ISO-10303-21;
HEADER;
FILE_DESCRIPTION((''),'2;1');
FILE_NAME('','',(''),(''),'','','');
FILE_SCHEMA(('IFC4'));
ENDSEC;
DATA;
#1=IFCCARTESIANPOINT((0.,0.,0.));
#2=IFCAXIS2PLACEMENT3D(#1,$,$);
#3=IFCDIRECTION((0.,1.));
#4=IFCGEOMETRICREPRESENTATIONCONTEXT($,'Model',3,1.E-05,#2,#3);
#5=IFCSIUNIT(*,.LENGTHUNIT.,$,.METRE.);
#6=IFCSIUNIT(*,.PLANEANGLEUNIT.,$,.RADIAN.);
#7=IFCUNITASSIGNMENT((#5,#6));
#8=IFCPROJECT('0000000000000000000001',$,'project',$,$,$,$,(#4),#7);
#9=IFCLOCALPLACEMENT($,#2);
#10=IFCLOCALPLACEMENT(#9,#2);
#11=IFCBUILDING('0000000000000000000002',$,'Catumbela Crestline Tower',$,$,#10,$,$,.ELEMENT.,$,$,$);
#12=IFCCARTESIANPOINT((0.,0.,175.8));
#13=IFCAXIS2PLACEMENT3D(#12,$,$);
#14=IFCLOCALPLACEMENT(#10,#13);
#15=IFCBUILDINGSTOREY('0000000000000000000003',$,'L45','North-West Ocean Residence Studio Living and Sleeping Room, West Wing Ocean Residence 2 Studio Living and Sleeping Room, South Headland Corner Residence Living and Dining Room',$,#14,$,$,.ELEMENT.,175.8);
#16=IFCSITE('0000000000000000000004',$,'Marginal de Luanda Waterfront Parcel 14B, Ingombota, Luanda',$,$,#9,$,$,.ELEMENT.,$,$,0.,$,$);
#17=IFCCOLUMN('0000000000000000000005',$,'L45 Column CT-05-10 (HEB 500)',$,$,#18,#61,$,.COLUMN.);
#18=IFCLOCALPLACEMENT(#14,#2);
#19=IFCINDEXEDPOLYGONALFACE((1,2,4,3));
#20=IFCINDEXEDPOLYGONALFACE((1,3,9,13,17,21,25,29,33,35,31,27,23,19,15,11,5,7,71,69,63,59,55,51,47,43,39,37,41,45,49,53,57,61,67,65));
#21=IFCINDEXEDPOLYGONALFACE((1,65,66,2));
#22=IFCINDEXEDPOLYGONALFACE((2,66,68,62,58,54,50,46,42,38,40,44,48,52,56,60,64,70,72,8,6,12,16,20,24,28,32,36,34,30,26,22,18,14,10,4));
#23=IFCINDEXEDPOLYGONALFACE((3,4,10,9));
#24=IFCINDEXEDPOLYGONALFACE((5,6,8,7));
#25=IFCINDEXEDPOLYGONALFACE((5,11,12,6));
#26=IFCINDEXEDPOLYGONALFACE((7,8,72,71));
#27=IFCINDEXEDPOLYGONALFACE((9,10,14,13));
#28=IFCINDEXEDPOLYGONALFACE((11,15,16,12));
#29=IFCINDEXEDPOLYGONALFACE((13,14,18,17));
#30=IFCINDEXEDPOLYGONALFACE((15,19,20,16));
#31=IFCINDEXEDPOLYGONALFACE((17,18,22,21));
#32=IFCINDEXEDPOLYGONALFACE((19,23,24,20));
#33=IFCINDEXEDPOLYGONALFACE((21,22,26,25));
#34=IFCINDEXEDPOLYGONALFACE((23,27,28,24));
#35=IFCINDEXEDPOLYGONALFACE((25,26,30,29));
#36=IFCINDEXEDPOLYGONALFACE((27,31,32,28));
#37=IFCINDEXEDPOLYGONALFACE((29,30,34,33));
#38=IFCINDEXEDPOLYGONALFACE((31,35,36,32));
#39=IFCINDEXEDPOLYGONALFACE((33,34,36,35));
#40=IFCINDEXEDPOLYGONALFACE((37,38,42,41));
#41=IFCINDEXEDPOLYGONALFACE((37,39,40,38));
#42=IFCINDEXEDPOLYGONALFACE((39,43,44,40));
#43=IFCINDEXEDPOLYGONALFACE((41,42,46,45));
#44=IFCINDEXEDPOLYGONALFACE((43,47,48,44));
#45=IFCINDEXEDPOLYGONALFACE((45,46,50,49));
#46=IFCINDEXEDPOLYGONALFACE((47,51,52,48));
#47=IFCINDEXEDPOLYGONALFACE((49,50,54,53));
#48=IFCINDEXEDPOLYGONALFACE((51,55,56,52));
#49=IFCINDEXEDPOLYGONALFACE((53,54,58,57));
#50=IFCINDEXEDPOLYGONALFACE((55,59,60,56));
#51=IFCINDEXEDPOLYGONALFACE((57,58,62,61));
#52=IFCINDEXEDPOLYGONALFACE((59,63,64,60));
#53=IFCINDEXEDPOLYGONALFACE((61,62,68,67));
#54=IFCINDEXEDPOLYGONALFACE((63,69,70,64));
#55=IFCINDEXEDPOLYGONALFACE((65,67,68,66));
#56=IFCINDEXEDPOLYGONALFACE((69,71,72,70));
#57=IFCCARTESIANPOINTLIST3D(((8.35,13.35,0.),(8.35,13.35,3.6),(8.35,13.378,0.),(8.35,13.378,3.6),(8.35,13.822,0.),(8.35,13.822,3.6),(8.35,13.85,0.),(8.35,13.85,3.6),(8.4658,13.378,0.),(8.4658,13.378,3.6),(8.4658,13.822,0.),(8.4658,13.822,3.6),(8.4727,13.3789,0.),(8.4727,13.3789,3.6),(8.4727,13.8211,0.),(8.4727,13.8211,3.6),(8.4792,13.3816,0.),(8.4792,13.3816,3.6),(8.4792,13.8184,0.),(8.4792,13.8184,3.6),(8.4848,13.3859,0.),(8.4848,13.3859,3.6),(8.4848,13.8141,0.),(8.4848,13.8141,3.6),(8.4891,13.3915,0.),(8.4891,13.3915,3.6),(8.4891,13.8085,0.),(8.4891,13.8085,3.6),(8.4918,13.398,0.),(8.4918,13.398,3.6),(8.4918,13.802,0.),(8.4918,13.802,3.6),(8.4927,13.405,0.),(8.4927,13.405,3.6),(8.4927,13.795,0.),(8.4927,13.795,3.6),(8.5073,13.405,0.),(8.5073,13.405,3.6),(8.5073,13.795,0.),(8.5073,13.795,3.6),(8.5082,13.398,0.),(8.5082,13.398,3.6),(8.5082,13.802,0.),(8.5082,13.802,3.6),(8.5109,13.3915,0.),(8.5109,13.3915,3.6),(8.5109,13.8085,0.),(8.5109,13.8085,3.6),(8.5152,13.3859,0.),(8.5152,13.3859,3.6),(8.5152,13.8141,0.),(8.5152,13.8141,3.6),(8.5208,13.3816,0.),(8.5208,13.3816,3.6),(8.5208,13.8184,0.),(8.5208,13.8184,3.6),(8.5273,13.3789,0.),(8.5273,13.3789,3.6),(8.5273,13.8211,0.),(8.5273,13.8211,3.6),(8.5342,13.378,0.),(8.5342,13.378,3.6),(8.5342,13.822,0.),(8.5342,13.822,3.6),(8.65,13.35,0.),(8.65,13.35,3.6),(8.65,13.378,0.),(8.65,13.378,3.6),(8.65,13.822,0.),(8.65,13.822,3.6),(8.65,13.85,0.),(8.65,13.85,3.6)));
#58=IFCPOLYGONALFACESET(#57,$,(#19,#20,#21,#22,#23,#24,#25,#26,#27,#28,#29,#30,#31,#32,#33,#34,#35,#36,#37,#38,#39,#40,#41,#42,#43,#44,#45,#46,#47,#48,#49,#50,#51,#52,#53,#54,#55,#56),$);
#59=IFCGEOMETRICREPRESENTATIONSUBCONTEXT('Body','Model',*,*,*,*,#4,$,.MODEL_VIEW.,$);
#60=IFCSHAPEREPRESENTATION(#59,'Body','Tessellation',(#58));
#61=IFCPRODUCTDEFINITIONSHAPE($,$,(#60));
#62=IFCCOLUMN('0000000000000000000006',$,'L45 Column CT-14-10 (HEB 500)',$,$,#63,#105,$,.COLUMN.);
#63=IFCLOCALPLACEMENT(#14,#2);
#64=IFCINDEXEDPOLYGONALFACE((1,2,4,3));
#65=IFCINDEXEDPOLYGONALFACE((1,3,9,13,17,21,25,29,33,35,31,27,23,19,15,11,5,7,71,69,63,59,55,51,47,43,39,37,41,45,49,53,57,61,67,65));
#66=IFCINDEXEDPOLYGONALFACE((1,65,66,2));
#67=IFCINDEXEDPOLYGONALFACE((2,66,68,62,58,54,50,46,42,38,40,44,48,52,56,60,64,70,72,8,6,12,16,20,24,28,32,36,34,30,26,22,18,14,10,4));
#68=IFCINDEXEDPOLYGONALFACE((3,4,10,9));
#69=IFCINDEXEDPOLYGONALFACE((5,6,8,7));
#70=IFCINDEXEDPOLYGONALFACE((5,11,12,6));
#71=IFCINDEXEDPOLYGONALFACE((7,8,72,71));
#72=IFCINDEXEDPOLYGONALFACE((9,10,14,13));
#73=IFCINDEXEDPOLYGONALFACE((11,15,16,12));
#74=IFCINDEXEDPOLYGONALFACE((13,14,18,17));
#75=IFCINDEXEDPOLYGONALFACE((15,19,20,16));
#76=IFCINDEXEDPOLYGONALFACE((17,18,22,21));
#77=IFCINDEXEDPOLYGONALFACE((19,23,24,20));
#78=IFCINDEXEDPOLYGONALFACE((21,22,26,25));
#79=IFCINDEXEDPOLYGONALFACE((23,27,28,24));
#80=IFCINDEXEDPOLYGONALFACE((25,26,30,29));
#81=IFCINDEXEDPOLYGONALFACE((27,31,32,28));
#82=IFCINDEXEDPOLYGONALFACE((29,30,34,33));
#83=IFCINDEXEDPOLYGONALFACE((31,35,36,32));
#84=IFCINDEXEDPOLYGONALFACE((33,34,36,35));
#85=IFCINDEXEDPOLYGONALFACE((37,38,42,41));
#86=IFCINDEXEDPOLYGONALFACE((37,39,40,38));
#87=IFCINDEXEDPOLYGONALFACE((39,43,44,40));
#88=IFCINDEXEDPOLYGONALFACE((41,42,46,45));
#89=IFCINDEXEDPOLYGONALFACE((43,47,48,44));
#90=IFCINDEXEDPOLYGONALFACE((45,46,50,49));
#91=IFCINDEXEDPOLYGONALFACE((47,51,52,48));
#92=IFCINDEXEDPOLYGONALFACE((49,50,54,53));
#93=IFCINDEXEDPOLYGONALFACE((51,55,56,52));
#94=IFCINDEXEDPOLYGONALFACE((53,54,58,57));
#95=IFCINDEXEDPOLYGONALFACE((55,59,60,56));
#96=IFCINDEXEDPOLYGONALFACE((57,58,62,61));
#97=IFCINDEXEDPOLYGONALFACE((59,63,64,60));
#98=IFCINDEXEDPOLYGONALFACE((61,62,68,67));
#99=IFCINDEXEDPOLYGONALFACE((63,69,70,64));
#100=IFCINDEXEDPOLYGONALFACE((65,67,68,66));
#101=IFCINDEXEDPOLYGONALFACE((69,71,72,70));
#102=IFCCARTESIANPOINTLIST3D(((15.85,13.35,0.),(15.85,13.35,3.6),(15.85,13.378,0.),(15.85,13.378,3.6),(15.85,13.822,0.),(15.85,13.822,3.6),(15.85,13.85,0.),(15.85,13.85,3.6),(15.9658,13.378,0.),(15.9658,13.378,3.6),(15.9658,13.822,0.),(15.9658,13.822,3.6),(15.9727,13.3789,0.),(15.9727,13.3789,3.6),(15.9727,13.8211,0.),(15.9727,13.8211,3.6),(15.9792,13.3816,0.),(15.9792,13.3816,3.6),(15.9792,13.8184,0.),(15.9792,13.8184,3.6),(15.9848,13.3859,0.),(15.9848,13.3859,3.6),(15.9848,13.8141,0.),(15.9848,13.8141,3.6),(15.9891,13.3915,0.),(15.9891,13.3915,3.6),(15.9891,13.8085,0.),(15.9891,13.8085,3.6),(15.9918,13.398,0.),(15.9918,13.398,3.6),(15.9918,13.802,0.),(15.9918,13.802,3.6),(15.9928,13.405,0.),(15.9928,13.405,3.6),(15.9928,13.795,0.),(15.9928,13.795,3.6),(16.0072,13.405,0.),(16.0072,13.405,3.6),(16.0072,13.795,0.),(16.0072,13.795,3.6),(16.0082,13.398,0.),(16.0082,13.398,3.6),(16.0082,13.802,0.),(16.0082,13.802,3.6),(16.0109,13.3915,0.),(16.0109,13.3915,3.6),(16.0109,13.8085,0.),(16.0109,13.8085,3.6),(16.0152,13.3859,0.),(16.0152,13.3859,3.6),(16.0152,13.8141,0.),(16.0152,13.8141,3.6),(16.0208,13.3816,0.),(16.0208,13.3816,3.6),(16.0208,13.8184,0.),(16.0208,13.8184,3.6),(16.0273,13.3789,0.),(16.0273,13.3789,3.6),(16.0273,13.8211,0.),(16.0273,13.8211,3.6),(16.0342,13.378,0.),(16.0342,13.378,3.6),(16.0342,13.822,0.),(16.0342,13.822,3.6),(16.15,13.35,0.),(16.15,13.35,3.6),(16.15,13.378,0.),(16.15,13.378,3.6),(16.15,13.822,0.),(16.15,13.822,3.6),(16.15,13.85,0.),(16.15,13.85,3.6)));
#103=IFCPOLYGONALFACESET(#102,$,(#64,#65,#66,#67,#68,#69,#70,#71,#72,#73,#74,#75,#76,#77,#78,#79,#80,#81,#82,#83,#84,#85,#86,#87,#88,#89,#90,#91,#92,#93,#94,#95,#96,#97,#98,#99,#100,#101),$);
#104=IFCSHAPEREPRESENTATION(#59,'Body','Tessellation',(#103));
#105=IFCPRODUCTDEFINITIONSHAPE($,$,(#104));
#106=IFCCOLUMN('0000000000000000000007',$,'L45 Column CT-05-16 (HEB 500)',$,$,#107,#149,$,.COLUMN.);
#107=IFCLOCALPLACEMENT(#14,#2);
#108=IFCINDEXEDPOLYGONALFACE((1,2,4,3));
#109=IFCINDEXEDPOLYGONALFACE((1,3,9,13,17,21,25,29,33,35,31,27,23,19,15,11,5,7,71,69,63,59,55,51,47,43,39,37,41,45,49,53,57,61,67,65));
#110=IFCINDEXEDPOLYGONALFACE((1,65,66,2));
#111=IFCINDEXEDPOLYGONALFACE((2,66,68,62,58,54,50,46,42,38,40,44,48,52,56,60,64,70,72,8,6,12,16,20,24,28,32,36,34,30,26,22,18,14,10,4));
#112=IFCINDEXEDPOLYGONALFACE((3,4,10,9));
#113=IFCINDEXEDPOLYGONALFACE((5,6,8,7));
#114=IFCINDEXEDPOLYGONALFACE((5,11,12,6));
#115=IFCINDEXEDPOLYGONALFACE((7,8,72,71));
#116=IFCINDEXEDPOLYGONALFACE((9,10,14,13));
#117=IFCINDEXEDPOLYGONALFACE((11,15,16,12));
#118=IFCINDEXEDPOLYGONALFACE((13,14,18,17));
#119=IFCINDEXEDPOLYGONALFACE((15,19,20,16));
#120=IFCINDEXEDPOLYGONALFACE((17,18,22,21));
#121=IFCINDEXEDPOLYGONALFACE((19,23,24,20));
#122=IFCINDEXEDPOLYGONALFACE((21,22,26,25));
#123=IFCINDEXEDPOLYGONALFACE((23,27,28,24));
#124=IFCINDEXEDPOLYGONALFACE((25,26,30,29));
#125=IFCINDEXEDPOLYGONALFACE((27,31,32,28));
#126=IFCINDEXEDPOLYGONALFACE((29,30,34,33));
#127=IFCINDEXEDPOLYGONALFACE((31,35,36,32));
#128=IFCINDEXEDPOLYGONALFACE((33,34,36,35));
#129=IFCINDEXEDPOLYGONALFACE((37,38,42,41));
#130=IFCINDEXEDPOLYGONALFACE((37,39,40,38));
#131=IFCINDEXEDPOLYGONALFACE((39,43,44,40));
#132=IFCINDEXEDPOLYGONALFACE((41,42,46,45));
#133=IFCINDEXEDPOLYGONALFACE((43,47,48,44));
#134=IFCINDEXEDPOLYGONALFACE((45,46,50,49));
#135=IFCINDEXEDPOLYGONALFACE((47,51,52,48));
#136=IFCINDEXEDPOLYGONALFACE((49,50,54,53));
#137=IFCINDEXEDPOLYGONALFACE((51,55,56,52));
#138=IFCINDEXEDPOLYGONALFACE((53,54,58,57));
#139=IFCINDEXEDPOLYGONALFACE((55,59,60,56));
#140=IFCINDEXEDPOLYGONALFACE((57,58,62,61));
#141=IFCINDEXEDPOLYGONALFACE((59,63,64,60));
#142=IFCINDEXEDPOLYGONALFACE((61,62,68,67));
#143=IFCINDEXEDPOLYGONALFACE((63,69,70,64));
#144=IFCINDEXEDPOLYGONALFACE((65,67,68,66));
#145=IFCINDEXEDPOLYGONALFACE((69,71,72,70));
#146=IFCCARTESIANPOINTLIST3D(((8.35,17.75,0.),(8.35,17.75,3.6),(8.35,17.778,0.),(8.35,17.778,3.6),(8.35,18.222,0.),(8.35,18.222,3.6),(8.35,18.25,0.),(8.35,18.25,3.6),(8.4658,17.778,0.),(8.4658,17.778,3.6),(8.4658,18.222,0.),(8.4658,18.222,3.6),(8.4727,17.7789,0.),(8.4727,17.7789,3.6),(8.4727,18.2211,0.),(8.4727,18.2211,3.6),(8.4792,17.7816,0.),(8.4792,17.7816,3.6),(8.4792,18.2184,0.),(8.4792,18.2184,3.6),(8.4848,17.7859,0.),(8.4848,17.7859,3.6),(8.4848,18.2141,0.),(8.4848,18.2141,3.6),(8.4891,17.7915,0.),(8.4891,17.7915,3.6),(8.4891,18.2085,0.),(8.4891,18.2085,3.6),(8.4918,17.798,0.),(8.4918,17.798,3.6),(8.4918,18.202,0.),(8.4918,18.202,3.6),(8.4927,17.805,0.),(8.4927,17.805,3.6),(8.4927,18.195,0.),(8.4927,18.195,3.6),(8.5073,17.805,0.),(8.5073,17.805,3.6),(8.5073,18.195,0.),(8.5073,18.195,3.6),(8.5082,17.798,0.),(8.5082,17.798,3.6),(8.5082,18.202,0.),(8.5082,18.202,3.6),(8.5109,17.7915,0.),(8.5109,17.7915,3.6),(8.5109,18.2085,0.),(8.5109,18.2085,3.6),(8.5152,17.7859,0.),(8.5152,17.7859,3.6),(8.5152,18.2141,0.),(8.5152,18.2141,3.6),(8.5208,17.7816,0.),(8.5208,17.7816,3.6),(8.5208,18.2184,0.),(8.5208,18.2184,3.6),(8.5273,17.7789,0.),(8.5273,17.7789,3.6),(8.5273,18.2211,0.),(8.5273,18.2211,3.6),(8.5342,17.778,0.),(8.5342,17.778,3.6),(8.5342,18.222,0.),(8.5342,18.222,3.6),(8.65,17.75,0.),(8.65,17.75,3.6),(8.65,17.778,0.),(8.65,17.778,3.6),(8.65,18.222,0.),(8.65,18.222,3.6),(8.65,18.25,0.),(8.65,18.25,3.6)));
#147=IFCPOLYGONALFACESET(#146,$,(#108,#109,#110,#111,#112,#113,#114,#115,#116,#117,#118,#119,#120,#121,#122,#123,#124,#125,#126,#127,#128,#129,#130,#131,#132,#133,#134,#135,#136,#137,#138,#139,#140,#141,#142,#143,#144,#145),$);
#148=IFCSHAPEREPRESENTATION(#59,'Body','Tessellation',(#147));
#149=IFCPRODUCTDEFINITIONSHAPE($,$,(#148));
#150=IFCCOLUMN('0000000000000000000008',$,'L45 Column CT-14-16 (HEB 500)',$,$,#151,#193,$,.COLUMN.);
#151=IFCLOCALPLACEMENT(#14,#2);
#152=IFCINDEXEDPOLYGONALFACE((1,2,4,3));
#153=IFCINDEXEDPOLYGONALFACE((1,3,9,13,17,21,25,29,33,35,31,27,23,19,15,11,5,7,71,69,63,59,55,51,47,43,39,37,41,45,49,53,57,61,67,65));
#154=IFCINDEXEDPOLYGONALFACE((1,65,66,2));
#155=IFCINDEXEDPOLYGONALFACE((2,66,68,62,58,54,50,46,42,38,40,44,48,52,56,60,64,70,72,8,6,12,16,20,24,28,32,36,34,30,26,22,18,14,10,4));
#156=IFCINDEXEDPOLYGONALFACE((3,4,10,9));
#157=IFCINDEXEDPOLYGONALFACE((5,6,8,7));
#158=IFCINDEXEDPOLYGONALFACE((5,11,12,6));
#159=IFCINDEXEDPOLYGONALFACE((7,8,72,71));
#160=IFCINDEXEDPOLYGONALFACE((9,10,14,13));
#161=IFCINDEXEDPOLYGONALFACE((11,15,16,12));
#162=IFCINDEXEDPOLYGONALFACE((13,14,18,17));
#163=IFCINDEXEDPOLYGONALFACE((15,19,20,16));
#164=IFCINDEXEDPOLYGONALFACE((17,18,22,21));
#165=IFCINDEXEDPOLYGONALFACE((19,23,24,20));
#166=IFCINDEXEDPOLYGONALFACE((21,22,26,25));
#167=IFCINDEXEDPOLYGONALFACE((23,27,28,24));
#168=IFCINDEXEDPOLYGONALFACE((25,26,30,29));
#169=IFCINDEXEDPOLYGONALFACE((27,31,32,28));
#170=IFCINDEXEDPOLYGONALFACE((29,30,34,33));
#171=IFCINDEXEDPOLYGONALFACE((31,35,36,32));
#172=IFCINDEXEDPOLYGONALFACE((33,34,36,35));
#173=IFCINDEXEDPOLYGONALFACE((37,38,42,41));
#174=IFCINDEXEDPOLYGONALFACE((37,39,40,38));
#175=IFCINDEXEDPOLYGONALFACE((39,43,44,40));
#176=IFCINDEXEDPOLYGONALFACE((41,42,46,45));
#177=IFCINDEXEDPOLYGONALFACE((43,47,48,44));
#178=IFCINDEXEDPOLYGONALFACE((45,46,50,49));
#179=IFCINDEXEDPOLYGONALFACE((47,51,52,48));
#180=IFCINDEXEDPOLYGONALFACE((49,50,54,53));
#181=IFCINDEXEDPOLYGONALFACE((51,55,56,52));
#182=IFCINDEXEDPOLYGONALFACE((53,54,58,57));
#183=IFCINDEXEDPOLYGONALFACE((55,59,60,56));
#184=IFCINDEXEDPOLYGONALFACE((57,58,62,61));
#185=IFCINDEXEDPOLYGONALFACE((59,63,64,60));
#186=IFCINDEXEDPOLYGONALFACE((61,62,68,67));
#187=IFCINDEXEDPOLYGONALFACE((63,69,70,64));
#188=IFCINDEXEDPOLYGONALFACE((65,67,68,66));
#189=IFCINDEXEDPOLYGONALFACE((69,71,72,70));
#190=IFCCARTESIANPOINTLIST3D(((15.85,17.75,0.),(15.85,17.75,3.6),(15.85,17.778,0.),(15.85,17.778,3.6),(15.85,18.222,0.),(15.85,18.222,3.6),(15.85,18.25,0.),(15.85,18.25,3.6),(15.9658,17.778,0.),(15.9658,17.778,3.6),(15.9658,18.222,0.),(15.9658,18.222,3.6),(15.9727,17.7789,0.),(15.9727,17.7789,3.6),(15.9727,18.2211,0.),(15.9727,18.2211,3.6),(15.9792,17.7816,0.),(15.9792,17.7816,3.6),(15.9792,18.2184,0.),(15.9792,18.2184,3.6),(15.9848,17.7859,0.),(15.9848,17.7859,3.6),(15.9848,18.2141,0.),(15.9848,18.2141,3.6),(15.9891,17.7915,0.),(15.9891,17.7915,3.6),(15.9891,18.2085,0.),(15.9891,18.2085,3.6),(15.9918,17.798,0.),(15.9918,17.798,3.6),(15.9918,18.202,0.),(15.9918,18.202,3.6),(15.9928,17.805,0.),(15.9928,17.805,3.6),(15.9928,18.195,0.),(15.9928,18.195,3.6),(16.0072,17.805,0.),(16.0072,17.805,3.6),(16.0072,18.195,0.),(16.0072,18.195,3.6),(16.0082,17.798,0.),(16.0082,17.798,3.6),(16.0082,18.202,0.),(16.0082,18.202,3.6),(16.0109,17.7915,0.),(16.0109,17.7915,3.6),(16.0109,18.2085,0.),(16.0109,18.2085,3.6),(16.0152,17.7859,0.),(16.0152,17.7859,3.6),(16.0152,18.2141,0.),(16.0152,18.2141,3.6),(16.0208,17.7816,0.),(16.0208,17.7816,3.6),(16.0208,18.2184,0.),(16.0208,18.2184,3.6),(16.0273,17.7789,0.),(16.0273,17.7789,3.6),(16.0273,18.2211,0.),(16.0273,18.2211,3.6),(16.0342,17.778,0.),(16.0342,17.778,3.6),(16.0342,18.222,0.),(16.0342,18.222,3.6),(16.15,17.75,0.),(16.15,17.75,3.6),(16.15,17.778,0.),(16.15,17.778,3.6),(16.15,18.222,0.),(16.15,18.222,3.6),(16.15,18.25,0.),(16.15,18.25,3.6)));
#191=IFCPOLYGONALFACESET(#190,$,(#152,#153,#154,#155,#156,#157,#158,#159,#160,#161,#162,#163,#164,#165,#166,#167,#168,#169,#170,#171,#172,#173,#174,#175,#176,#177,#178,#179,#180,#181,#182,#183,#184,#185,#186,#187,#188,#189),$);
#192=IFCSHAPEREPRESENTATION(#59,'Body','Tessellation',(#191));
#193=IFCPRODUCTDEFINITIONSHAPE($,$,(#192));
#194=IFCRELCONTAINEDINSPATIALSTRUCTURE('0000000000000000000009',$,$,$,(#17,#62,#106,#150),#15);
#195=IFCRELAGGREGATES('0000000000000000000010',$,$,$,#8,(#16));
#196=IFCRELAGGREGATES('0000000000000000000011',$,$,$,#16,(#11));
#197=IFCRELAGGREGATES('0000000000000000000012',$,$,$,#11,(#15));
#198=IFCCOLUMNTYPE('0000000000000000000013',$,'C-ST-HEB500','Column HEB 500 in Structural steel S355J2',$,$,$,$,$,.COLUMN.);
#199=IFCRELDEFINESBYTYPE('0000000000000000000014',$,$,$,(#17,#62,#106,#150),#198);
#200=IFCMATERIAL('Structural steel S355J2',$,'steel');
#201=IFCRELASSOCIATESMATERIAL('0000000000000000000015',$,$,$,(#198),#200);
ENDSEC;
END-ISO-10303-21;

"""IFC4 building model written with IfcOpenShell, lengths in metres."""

from ifc_helpers import new_model, si_unit, direction, frame, origin, origin_2d, place, context, subcontext, project, spatial, i_section, extrude, material, material_profile, profile_set, type_object, element, save


model = new_model("IFC4")

# Units and contexts
model_context = context("Model", 3, precision=1e-05, world=origin(), true_north=direction((0.0, 1.0)))
body_context = subcontext(model_context, "Body", "Model", "MODEL_VIEW")
ifc_project = project(units=[si_unit("LENGTHUNIT", "METRE"), si_unit("PLANEANGLEUNIT", "RADIAN")], contexts=[model_context])

# Site, building, storey
site_placement = place(None, origin())
site = spatial("IfcSite", under=ifc_project, at=site_placement, Name="Marginal de Luanda Waterfront Parcel 14B, Ingombota, Luanda", CompositionType="ELEMENT", RefElevation=0.0)
building_placement = place(site_placement, origin())
building = spatial("IfcBuilding", under=site, at=building_placement, Name="Catumbela Crestline Tower", CompositionType="ELEMENT")
storey_placement = place(building_placement, frame((0.0, 0.0, 175.8)))
storey = spatial("IfcBuildingStorey", under=building, at=storey_placement, Name="L45", Description="North-West Ocean Residence Studio Living and Sleeping Room, West Wing Ocean Residence 2 Studio Living and Sleeping Room, South Headland Corner Residence Living and Dining Room", CompositionType="ELEMENT", Elevation=175.8)

# Columns
ifc_material_1 = material(Name="Structural steel S355J2", Category="steel")
ifc_material_profile_1 = material_profile(ifc_material_1, i_section(OverallWidth=0.3, OverallDepth=0.5, WebThickness=0.0145, FlangeThickness=0.028, FilletRadius=0.027, at=origin_2d()), Name="HEB 500")
ifc_profile_set_1 = profile_set([ifc_material_profile_1], Name="Structural steel S355J2")
column_type = type_object("IfcColumnType", Name="C-ST-HEB500", Description="Column HEB 500 in Structural steel S355J2", PredefinedType="COLUMN", material=ifc_profile_set_1)
for number, where, z_axis, x_axis, name in (
    (1, (8.5, 13.6, 0.0), (0.0, 0.0, 1.0), (1.0, 0.0, 0.0), "L45 Column CT-05-10 (HEB 500)"),
    (2, (16.0, 13.6, 0.0), (0.0, 0.0, 1.0), (1.0, 0.0, 0.0), "L45 Column CT-14-10 (HEB 500)"),
    (3, (8.5, 18.0, 0.0), (0.0, 0.0, 1.0), (1.0, 0.0, 0.0), "L45 Column CT-05-16 (HEB 500)"),
    (4, (16.0, 18.0, 0.0), (0.0, 0.0, 1.0), (1.0, 0.0, 0.0), "L45 Column CT-14-16 (HEB 500)"),
):
    element("IfcColumn", number, at=place(storey_placement, frame(where, z_axis=z_axis, x_axis=x_axis)), inside=storey, type_object=column_type, Name=name, PredefinedType="COLUMN", context=body_context, shape_type="SweptSolid", body=[
        extrude(i_section(OverallWidth=0.3, OverallDepth=0.5, WebThickness=0.0145, FlangeThickness=0.028, FilletRadius=0.027, at=origin_2d()), origin(), (0.0, 0.0, 1.0), 3.6),
    ])

save(model, "model.ifc")
